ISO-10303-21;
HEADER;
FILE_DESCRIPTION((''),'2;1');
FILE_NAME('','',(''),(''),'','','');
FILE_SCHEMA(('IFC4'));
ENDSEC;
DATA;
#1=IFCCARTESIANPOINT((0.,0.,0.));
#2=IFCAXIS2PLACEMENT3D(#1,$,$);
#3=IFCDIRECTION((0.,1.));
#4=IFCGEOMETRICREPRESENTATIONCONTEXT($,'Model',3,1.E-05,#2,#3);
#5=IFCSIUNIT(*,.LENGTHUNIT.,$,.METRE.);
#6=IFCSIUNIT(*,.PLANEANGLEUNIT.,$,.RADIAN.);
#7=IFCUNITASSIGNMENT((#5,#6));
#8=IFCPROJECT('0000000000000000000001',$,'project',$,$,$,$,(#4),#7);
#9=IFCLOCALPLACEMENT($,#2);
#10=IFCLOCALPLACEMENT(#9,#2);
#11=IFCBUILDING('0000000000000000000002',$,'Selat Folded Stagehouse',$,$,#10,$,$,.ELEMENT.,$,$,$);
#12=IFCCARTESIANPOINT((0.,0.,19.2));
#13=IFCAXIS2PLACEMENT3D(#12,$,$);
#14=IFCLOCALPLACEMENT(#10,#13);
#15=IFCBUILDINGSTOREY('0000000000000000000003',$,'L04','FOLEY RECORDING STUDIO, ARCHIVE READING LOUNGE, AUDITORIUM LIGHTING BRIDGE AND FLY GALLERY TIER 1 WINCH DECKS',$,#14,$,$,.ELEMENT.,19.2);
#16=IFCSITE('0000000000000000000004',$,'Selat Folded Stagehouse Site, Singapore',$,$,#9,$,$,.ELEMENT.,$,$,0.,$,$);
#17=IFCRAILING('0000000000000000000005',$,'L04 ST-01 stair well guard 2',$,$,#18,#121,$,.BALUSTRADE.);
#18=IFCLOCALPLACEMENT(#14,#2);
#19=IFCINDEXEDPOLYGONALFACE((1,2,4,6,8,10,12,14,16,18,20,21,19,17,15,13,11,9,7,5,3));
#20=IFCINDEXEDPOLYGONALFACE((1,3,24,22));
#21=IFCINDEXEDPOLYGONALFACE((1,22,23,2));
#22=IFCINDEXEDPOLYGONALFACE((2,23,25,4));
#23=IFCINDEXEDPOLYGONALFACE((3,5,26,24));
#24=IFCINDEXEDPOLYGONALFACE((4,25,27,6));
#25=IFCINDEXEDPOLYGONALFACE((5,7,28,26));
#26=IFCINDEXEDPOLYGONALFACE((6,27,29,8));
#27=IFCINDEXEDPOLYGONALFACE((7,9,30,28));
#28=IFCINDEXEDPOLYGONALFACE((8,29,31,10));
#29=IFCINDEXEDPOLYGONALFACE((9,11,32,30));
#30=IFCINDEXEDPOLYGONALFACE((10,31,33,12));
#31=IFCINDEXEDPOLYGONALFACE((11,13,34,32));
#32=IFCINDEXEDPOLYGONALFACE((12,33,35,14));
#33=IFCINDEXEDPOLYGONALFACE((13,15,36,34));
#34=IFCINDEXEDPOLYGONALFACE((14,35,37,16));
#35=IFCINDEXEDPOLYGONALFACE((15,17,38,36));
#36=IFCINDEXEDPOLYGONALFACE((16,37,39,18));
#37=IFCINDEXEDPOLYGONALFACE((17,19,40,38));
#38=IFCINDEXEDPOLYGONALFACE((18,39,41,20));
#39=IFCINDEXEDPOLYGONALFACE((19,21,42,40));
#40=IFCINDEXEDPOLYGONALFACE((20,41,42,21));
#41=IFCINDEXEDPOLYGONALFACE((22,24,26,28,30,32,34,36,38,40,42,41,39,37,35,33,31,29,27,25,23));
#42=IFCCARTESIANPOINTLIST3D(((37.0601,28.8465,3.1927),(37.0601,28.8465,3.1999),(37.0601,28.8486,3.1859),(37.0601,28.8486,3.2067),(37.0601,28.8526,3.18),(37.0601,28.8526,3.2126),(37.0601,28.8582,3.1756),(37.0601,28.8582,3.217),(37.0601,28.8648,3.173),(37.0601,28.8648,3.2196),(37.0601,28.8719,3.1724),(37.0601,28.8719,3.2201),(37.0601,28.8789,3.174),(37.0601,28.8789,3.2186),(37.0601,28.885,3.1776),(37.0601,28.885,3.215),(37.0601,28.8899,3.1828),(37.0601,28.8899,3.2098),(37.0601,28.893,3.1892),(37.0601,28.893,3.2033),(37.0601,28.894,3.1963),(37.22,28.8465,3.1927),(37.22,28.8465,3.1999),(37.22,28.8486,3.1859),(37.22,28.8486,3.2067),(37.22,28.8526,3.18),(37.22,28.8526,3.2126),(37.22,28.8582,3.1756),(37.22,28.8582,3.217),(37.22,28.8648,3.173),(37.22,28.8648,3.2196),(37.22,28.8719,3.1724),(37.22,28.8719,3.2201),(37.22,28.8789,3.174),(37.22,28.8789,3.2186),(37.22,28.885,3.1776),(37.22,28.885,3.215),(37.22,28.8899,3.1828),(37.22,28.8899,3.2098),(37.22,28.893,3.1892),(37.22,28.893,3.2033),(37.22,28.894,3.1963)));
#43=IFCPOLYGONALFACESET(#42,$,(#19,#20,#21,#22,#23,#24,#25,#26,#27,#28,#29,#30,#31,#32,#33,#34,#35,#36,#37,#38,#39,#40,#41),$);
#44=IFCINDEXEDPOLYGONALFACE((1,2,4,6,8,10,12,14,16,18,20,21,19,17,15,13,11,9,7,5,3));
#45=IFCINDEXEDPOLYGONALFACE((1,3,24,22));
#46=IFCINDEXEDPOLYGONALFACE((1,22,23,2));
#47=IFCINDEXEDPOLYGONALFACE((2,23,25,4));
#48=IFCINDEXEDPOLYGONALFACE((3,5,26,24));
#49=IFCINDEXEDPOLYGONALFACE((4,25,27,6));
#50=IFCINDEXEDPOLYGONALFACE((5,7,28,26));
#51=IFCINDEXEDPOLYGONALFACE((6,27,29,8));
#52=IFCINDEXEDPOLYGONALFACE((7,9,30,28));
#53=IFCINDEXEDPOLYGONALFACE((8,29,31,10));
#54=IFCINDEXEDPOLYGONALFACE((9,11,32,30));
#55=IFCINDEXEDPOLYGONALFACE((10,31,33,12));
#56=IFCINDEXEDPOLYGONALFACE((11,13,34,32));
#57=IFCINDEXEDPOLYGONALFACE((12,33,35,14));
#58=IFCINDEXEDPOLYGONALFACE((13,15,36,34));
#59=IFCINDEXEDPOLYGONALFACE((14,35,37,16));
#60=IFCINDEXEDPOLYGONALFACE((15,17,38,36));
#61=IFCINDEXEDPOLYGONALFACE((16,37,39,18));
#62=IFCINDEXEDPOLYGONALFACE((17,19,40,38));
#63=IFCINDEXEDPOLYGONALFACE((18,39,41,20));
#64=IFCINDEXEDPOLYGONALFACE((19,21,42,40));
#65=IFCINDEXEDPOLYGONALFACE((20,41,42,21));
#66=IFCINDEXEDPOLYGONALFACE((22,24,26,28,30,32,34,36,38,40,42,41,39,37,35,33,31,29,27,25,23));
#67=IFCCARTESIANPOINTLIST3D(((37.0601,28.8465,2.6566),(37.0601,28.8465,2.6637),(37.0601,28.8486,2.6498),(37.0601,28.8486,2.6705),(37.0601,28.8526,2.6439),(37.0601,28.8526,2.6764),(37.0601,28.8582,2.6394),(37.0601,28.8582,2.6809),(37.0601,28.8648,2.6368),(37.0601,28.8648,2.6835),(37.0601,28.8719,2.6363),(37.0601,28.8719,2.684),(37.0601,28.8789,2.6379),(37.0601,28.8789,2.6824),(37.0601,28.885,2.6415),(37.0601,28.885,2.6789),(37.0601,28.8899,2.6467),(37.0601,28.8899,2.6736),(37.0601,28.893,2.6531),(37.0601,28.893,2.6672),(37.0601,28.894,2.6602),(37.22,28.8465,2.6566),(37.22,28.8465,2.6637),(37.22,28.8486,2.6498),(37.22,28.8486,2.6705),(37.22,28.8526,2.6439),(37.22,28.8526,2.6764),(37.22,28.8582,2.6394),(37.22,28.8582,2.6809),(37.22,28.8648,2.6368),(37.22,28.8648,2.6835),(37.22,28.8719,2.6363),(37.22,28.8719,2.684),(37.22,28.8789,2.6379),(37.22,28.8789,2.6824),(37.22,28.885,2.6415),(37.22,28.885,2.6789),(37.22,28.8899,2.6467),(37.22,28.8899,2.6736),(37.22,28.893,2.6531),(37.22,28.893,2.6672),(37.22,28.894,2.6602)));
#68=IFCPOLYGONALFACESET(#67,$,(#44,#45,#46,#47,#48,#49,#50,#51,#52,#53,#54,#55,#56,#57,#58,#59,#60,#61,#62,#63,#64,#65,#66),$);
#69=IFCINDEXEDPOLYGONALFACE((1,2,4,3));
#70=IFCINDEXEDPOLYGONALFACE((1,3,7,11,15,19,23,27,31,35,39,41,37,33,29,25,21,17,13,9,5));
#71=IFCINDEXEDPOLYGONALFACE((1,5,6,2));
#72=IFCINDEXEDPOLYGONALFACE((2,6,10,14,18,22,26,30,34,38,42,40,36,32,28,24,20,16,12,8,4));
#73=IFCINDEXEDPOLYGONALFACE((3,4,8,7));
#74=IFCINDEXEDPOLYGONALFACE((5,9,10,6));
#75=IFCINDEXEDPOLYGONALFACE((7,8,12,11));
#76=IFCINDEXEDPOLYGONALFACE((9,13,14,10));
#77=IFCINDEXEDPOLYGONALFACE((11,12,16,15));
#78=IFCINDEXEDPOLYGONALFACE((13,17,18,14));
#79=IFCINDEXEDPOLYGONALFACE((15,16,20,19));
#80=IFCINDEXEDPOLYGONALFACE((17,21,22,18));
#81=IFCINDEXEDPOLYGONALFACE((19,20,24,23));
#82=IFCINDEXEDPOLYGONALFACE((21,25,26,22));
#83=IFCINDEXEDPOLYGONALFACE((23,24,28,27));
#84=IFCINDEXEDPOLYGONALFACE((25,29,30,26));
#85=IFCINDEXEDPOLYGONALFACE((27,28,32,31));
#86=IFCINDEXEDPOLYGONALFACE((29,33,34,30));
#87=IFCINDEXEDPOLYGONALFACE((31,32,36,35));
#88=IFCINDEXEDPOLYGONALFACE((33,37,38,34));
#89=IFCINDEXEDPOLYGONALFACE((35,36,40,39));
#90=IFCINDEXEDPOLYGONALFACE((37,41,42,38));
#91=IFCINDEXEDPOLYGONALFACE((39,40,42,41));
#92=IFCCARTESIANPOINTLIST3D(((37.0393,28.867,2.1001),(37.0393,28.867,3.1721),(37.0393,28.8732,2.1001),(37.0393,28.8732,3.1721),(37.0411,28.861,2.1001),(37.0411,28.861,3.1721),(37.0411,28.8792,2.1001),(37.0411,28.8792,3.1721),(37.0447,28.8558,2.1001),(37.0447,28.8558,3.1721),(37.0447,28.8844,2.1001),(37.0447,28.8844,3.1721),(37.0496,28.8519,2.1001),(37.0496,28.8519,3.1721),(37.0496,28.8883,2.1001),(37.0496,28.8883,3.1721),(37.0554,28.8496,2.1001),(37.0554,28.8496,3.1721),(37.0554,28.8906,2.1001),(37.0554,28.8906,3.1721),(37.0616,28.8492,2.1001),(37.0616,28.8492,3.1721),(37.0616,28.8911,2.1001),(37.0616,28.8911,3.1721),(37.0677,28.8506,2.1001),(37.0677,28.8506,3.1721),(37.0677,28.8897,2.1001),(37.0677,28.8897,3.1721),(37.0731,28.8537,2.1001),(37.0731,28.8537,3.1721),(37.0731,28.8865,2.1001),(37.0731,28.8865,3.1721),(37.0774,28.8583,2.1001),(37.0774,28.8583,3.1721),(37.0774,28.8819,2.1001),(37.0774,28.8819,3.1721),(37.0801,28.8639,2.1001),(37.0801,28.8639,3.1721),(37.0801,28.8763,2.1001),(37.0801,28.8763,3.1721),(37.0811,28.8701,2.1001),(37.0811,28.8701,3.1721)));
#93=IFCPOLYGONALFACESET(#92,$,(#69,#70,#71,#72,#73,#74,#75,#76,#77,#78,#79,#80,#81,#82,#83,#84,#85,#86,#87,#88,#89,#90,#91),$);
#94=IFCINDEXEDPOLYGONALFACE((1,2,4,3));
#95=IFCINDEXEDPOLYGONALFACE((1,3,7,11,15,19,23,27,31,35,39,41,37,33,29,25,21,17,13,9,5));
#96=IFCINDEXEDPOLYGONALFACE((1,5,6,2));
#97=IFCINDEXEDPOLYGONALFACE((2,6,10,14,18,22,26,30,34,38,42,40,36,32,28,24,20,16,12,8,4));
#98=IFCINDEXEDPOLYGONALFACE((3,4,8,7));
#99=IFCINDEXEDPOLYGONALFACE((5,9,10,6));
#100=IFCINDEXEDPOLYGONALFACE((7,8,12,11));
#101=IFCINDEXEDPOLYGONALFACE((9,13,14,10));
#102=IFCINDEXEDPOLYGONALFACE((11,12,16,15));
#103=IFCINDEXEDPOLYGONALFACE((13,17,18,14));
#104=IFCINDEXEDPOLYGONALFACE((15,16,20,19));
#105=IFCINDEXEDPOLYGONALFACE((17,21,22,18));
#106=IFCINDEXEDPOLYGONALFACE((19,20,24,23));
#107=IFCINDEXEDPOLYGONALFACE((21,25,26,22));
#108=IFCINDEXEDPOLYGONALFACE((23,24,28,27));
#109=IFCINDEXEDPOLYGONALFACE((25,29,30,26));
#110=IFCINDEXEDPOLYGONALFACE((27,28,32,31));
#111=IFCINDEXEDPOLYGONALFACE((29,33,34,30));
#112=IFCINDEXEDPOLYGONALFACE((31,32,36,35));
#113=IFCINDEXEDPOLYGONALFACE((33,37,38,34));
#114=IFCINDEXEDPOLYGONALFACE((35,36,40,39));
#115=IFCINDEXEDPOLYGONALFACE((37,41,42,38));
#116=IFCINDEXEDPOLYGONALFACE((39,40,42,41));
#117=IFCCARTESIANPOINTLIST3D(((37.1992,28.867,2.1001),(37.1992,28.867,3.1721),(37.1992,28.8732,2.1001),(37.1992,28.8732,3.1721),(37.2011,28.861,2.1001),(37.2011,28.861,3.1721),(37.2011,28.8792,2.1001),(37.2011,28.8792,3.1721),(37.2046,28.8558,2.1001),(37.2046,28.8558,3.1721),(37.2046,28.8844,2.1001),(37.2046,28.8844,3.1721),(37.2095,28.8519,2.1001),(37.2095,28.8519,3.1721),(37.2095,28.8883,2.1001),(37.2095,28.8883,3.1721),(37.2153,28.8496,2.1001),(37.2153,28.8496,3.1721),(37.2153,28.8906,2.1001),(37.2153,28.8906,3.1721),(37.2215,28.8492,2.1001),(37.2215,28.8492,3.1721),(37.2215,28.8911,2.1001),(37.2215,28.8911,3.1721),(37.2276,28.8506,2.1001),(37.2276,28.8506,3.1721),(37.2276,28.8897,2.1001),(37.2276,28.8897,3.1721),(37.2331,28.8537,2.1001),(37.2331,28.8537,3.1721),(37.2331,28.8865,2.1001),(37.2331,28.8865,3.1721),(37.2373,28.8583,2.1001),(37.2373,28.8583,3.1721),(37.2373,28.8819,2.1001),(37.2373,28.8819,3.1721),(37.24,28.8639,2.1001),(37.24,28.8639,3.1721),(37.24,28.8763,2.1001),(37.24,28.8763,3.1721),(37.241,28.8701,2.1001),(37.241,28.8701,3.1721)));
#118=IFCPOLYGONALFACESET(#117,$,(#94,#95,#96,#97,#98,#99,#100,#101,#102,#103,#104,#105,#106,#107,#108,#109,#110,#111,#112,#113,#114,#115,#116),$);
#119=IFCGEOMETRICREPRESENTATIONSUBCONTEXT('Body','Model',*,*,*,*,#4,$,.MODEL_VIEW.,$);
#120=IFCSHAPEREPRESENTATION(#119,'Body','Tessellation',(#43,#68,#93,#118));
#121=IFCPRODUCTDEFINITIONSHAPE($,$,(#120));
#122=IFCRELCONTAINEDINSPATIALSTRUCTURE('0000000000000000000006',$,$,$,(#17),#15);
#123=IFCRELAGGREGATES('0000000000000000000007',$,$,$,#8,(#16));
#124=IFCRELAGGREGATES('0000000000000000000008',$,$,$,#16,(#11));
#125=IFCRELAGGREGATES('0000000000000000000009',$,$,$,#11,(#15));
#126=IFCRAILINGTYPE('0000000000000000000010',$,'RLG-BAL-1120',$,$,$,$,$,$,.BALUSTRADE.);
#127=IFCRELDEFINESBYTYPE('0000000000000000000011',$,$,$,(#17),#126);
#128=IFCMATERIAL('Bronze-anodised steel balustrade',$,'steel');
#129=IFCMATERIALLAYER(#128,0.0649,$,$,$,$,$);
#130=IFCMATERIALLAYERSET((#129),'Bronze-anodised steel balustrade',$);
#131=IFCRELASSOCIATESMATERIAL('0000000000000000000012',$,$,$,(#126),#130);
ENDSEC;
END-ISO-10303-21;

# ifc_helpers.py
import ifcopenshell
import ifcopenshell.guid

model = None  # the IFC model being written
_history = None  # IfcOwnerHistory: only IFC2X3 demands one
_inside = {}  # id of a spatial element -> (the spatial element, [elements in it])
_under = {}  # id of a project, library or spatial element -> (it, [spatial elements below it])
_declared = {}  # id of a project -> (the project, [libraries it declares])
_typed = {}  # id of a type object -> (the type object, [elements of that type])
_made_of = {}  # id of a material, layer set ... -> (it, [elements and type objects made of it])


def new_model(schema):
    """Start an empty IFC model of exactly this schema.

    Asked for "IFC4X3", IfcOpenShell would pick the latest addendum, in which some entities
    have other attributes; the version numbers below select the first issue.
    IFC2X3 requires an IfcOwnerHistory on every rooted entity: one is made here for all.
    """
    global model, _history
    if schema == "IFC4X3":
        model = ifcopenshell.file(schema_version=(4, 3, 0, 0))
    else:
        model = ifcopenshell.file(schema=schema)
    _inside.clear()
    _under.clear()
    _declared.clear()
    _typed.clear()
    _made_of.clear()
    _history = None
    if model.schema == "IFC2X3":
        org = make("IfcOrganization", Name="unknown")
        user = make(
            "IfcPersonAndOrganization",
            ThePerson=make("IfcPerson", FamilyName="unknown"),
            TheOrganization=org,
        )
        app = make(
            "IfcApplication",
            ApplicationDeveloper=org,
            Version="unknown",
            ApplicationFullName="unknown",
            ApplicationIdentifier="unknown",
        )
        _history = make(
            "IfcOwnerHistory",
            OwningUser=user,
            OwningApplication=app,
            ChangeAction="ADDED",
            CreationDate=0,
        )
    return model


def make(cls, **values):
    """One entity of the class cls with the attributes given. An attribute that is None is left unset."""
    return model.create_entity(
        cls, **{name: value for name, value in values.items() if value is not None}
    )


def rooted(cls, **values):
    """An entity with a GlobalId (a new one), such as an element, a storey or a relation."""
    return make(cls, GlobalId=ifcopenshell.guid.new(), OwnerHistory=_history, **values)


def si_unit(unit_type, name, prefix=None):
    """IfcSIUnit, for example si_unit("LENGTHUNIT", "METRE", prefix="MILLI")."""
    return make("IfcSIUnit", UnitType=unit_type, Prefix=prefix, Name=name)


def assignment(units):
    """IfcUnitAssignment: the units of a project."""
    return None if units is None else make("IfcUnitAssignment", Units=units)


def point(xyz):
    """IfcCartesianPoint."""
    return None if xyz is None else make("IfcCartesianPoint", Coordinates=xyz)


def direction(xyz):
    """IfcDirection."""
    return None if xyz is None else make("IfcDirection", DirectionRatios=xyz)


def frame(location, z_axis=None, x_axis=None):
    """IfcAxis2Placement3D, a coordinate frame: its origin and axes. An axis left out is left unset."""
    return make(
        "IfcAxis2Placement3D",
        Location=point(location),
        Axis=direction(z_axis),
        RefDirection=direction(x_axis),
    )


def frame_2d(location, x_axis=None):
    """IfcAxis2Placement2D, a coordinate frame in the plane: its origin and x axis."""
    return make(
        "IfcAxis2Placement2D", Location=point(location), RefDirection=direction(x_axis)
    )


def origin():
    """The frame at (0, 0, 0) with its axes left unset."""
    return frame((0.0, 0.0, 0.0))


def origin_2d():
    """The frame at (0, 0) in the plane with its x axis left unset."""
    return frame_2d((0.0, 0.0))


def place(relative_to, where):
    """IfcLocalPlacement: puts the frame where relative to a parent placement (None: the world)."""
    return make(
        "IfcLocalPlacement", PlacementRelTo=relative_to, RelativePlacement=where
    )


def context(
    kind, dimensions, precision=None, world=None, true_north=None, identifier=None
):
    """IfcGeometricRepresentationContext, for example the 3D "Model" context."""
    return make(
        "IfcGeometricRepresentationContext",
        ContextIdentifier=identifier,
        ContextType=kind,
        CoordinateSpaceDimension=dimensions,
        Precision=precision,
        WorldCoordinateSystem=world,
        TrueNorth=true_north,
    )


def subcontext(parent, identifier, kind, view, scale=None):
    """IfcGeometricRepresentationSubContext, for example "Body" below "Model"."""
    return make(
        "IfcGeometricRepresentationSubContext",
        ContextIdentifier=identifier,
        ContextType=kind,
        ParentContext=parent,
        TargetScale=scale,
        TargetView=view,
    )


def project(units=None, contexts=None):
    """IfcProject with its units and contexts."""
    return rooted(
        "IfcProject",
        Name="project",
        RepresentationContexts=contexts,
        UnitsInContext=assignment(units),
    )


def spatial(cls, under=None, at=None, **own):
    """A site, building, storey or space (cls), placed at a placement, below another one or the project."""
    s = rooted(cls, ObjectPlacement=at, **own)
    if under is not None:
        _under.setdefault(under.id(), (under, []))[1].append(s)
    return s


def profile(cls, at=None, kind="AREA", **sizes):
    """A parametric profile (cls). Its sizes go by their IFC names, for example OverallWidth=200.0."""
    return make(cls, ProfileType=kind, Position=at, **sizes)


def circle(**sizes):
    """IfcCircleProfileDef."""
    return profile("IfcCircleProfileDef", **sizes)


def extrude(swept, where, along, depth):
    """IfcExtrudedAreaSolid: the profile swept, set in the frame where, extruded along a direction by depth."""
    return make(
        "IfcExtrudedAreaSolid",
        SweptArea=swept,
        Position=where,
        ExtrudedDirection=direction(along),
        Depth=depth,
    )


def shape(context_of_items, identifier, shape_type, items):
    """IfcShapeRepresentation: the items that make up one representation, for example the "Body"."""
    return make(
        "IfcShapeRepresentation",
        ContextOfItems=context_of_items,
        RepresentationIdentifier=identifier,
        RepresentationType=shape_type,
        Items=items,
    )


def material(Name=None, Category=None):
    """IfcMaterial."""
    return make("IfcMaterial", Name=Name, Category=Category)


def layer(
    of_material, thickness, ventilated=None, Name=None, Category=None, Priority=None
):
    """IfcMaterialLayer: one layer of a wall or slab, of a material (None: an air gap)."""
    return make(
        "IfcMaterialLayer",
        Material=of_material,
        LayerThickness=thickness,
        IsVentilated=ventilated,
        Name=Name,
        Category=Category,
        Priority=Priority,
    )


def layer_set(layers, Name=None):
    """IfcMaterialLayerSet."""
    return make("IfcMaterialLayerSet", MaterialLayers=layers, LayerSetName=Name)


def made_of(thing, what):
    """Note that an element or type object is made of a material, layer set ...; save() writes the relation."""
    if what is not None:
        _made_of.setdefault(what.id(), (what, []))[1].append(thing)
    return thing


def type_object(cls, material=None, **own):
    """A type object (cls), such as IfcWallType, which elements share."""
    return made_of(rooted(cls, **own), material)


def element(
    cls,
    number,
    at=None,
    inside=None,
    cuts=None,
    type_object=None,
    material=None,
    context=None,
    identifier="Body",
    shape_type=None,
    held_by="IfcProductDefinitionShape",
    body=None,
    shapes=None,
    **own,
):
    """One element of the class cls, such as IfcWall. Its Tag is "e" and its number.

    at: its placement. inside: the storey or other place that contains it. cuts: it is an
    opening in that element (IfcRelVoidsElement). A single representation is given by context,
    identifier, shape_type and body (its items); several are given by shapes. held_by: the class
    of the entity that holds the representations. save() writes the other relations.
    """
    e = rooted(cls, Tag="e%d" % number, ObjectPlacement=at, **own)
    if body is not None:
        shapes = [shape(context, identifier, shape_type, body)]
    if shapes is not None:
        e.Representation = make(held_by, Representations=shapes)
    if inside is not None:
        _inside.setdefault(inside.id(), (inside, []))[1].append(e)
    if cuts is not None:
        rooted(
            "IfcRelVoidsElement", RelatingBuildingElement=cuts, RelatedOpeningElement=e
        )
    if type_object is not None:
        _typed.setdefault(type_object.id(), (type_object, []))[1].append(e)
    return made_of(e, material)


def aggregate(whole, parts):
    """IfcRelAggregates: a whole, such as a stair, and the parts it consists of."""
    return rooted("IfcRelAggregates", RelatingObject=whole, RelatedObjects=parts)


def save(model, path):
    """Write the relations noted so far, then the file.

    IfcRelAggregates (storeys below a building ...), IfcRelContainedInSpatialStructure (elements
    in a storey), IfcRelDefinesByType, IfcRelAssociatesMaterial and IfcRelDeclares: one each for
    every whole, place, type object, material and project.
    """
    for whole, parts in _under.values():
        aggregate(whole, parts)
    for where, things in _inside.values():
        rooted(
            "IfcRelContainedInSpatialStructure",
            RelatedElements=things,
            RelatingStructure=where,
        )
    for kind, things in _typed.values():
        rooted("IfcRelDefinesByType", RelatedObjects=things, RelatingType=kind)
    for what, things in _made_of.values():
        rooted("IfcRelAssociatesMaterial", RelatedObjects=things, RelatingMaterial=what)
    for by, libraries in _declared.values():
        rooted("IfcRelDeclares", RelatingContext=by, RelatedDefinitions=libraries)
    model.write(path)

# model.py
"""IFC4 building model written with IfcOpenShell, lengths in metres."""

from ifc_helpers import new_model, si_unit, direction, frame, origin, origin_2d, place, context, subcontext, project, spatial, circle, extrude, material, layer, layer_set, type_object, element, save


model = new_model("IFC4")

# Units and contexts
model_context = context("Model", 3, precision=1e-05, world=origin(), true_north=direction((0.0, 1.0)))
body_context = subcontext(model_context, "Body", "Model", "MODEL_VIEW")
ifc_project = project(units=[si_unit("LENGTHUNIT", "METRE"), si_unit("PLANEANGLEUNIT", "RADIAN")], contexts=[model_context])

# Site, building, storey
site_placement = place(None, origin())
site = spatial("IfcSite", under=ifc_project, at=site_placement, Name="Selat Folded Stagehouse Site, Singapore", CompositionType="ELEMENT", RefElevation=0.0)
building_placement = place(site_placement, origin())
building = spatial("IfcBuilding", under=site, at=building_placement, Name="Selat Folded Stagehouse", CompositionType="ELEMENT")
storey_placement = place(building_placement, frame((0.0, 0.0, 19.2)))
storey = spatial("IfcBuildingStorey", under=building, at=storey_placement, Name="L04", Description="FOLEY RECORDING STUDIO, ARCHIVE READING LOUNGE, AUDITORIUM LIGHTING BRIDGE AND FLY GALLERY TIER 1 WINCH DECKS", CompositionType="ELEMENT", Elevation=19.2)

# Railing
ifc_material_1 = material(Name="Bronze-anodised steel balustrade", Category="steel")
ifc_layer_1 = layer(ifc_material_1, 0.0649)
ifc_layer_set_1 = layer_set([ifc_layer_1], Name="Bronze-anodised steel balustrade")
railing_type_1 = type_object("IfcRailingType", Name="RLG-BAL-1120", PredefinedType="BALUSTRADE", material=ifc_layer_set_1)
railing_1_placement = place(storey_placement, frame((37.0601, 28.8701, 2.1001)))
element("IfcRailing", 1, at=railing_1_placement, inside=storey, type_object=railing_type_1, Name="L04 ST-01 stair well guard 2", PredefinedType="BALUSTRADE", context=body_context, shape_type="SweptSolid", body=[
    extrude(circle(Radius=0.0239, at=origin_2d()), frame((0.0, 0.0, 1.0962), z_axis=(1.0, 0.0, 0.0), x_axis=(0.0, 1.0, 0.0)), (0.0, 0.0, 1.0), 0.1599),
    extrude(circle(Radius=0.0239, at=origin_2d()), frame((0.0, 0.0, 0.5601), z_axis=(1.0, 0.0, 0.0), x_axis=(0.0, 1.0, 0.0)), (0.0, 0.0, 1.0), 0.1599),
    extrude(circle(Radius=0.021, at=origin_2d()), origin(), (0.0, 0.0, 1.0), 1.072),
    extrude(circle(Radius=0.021, at=origin_2d()), frame((0.1599, 0.0, 0.0)), (0.0, 0.0, 1.0), 1.072),
])

save(model, "model.ifc")
